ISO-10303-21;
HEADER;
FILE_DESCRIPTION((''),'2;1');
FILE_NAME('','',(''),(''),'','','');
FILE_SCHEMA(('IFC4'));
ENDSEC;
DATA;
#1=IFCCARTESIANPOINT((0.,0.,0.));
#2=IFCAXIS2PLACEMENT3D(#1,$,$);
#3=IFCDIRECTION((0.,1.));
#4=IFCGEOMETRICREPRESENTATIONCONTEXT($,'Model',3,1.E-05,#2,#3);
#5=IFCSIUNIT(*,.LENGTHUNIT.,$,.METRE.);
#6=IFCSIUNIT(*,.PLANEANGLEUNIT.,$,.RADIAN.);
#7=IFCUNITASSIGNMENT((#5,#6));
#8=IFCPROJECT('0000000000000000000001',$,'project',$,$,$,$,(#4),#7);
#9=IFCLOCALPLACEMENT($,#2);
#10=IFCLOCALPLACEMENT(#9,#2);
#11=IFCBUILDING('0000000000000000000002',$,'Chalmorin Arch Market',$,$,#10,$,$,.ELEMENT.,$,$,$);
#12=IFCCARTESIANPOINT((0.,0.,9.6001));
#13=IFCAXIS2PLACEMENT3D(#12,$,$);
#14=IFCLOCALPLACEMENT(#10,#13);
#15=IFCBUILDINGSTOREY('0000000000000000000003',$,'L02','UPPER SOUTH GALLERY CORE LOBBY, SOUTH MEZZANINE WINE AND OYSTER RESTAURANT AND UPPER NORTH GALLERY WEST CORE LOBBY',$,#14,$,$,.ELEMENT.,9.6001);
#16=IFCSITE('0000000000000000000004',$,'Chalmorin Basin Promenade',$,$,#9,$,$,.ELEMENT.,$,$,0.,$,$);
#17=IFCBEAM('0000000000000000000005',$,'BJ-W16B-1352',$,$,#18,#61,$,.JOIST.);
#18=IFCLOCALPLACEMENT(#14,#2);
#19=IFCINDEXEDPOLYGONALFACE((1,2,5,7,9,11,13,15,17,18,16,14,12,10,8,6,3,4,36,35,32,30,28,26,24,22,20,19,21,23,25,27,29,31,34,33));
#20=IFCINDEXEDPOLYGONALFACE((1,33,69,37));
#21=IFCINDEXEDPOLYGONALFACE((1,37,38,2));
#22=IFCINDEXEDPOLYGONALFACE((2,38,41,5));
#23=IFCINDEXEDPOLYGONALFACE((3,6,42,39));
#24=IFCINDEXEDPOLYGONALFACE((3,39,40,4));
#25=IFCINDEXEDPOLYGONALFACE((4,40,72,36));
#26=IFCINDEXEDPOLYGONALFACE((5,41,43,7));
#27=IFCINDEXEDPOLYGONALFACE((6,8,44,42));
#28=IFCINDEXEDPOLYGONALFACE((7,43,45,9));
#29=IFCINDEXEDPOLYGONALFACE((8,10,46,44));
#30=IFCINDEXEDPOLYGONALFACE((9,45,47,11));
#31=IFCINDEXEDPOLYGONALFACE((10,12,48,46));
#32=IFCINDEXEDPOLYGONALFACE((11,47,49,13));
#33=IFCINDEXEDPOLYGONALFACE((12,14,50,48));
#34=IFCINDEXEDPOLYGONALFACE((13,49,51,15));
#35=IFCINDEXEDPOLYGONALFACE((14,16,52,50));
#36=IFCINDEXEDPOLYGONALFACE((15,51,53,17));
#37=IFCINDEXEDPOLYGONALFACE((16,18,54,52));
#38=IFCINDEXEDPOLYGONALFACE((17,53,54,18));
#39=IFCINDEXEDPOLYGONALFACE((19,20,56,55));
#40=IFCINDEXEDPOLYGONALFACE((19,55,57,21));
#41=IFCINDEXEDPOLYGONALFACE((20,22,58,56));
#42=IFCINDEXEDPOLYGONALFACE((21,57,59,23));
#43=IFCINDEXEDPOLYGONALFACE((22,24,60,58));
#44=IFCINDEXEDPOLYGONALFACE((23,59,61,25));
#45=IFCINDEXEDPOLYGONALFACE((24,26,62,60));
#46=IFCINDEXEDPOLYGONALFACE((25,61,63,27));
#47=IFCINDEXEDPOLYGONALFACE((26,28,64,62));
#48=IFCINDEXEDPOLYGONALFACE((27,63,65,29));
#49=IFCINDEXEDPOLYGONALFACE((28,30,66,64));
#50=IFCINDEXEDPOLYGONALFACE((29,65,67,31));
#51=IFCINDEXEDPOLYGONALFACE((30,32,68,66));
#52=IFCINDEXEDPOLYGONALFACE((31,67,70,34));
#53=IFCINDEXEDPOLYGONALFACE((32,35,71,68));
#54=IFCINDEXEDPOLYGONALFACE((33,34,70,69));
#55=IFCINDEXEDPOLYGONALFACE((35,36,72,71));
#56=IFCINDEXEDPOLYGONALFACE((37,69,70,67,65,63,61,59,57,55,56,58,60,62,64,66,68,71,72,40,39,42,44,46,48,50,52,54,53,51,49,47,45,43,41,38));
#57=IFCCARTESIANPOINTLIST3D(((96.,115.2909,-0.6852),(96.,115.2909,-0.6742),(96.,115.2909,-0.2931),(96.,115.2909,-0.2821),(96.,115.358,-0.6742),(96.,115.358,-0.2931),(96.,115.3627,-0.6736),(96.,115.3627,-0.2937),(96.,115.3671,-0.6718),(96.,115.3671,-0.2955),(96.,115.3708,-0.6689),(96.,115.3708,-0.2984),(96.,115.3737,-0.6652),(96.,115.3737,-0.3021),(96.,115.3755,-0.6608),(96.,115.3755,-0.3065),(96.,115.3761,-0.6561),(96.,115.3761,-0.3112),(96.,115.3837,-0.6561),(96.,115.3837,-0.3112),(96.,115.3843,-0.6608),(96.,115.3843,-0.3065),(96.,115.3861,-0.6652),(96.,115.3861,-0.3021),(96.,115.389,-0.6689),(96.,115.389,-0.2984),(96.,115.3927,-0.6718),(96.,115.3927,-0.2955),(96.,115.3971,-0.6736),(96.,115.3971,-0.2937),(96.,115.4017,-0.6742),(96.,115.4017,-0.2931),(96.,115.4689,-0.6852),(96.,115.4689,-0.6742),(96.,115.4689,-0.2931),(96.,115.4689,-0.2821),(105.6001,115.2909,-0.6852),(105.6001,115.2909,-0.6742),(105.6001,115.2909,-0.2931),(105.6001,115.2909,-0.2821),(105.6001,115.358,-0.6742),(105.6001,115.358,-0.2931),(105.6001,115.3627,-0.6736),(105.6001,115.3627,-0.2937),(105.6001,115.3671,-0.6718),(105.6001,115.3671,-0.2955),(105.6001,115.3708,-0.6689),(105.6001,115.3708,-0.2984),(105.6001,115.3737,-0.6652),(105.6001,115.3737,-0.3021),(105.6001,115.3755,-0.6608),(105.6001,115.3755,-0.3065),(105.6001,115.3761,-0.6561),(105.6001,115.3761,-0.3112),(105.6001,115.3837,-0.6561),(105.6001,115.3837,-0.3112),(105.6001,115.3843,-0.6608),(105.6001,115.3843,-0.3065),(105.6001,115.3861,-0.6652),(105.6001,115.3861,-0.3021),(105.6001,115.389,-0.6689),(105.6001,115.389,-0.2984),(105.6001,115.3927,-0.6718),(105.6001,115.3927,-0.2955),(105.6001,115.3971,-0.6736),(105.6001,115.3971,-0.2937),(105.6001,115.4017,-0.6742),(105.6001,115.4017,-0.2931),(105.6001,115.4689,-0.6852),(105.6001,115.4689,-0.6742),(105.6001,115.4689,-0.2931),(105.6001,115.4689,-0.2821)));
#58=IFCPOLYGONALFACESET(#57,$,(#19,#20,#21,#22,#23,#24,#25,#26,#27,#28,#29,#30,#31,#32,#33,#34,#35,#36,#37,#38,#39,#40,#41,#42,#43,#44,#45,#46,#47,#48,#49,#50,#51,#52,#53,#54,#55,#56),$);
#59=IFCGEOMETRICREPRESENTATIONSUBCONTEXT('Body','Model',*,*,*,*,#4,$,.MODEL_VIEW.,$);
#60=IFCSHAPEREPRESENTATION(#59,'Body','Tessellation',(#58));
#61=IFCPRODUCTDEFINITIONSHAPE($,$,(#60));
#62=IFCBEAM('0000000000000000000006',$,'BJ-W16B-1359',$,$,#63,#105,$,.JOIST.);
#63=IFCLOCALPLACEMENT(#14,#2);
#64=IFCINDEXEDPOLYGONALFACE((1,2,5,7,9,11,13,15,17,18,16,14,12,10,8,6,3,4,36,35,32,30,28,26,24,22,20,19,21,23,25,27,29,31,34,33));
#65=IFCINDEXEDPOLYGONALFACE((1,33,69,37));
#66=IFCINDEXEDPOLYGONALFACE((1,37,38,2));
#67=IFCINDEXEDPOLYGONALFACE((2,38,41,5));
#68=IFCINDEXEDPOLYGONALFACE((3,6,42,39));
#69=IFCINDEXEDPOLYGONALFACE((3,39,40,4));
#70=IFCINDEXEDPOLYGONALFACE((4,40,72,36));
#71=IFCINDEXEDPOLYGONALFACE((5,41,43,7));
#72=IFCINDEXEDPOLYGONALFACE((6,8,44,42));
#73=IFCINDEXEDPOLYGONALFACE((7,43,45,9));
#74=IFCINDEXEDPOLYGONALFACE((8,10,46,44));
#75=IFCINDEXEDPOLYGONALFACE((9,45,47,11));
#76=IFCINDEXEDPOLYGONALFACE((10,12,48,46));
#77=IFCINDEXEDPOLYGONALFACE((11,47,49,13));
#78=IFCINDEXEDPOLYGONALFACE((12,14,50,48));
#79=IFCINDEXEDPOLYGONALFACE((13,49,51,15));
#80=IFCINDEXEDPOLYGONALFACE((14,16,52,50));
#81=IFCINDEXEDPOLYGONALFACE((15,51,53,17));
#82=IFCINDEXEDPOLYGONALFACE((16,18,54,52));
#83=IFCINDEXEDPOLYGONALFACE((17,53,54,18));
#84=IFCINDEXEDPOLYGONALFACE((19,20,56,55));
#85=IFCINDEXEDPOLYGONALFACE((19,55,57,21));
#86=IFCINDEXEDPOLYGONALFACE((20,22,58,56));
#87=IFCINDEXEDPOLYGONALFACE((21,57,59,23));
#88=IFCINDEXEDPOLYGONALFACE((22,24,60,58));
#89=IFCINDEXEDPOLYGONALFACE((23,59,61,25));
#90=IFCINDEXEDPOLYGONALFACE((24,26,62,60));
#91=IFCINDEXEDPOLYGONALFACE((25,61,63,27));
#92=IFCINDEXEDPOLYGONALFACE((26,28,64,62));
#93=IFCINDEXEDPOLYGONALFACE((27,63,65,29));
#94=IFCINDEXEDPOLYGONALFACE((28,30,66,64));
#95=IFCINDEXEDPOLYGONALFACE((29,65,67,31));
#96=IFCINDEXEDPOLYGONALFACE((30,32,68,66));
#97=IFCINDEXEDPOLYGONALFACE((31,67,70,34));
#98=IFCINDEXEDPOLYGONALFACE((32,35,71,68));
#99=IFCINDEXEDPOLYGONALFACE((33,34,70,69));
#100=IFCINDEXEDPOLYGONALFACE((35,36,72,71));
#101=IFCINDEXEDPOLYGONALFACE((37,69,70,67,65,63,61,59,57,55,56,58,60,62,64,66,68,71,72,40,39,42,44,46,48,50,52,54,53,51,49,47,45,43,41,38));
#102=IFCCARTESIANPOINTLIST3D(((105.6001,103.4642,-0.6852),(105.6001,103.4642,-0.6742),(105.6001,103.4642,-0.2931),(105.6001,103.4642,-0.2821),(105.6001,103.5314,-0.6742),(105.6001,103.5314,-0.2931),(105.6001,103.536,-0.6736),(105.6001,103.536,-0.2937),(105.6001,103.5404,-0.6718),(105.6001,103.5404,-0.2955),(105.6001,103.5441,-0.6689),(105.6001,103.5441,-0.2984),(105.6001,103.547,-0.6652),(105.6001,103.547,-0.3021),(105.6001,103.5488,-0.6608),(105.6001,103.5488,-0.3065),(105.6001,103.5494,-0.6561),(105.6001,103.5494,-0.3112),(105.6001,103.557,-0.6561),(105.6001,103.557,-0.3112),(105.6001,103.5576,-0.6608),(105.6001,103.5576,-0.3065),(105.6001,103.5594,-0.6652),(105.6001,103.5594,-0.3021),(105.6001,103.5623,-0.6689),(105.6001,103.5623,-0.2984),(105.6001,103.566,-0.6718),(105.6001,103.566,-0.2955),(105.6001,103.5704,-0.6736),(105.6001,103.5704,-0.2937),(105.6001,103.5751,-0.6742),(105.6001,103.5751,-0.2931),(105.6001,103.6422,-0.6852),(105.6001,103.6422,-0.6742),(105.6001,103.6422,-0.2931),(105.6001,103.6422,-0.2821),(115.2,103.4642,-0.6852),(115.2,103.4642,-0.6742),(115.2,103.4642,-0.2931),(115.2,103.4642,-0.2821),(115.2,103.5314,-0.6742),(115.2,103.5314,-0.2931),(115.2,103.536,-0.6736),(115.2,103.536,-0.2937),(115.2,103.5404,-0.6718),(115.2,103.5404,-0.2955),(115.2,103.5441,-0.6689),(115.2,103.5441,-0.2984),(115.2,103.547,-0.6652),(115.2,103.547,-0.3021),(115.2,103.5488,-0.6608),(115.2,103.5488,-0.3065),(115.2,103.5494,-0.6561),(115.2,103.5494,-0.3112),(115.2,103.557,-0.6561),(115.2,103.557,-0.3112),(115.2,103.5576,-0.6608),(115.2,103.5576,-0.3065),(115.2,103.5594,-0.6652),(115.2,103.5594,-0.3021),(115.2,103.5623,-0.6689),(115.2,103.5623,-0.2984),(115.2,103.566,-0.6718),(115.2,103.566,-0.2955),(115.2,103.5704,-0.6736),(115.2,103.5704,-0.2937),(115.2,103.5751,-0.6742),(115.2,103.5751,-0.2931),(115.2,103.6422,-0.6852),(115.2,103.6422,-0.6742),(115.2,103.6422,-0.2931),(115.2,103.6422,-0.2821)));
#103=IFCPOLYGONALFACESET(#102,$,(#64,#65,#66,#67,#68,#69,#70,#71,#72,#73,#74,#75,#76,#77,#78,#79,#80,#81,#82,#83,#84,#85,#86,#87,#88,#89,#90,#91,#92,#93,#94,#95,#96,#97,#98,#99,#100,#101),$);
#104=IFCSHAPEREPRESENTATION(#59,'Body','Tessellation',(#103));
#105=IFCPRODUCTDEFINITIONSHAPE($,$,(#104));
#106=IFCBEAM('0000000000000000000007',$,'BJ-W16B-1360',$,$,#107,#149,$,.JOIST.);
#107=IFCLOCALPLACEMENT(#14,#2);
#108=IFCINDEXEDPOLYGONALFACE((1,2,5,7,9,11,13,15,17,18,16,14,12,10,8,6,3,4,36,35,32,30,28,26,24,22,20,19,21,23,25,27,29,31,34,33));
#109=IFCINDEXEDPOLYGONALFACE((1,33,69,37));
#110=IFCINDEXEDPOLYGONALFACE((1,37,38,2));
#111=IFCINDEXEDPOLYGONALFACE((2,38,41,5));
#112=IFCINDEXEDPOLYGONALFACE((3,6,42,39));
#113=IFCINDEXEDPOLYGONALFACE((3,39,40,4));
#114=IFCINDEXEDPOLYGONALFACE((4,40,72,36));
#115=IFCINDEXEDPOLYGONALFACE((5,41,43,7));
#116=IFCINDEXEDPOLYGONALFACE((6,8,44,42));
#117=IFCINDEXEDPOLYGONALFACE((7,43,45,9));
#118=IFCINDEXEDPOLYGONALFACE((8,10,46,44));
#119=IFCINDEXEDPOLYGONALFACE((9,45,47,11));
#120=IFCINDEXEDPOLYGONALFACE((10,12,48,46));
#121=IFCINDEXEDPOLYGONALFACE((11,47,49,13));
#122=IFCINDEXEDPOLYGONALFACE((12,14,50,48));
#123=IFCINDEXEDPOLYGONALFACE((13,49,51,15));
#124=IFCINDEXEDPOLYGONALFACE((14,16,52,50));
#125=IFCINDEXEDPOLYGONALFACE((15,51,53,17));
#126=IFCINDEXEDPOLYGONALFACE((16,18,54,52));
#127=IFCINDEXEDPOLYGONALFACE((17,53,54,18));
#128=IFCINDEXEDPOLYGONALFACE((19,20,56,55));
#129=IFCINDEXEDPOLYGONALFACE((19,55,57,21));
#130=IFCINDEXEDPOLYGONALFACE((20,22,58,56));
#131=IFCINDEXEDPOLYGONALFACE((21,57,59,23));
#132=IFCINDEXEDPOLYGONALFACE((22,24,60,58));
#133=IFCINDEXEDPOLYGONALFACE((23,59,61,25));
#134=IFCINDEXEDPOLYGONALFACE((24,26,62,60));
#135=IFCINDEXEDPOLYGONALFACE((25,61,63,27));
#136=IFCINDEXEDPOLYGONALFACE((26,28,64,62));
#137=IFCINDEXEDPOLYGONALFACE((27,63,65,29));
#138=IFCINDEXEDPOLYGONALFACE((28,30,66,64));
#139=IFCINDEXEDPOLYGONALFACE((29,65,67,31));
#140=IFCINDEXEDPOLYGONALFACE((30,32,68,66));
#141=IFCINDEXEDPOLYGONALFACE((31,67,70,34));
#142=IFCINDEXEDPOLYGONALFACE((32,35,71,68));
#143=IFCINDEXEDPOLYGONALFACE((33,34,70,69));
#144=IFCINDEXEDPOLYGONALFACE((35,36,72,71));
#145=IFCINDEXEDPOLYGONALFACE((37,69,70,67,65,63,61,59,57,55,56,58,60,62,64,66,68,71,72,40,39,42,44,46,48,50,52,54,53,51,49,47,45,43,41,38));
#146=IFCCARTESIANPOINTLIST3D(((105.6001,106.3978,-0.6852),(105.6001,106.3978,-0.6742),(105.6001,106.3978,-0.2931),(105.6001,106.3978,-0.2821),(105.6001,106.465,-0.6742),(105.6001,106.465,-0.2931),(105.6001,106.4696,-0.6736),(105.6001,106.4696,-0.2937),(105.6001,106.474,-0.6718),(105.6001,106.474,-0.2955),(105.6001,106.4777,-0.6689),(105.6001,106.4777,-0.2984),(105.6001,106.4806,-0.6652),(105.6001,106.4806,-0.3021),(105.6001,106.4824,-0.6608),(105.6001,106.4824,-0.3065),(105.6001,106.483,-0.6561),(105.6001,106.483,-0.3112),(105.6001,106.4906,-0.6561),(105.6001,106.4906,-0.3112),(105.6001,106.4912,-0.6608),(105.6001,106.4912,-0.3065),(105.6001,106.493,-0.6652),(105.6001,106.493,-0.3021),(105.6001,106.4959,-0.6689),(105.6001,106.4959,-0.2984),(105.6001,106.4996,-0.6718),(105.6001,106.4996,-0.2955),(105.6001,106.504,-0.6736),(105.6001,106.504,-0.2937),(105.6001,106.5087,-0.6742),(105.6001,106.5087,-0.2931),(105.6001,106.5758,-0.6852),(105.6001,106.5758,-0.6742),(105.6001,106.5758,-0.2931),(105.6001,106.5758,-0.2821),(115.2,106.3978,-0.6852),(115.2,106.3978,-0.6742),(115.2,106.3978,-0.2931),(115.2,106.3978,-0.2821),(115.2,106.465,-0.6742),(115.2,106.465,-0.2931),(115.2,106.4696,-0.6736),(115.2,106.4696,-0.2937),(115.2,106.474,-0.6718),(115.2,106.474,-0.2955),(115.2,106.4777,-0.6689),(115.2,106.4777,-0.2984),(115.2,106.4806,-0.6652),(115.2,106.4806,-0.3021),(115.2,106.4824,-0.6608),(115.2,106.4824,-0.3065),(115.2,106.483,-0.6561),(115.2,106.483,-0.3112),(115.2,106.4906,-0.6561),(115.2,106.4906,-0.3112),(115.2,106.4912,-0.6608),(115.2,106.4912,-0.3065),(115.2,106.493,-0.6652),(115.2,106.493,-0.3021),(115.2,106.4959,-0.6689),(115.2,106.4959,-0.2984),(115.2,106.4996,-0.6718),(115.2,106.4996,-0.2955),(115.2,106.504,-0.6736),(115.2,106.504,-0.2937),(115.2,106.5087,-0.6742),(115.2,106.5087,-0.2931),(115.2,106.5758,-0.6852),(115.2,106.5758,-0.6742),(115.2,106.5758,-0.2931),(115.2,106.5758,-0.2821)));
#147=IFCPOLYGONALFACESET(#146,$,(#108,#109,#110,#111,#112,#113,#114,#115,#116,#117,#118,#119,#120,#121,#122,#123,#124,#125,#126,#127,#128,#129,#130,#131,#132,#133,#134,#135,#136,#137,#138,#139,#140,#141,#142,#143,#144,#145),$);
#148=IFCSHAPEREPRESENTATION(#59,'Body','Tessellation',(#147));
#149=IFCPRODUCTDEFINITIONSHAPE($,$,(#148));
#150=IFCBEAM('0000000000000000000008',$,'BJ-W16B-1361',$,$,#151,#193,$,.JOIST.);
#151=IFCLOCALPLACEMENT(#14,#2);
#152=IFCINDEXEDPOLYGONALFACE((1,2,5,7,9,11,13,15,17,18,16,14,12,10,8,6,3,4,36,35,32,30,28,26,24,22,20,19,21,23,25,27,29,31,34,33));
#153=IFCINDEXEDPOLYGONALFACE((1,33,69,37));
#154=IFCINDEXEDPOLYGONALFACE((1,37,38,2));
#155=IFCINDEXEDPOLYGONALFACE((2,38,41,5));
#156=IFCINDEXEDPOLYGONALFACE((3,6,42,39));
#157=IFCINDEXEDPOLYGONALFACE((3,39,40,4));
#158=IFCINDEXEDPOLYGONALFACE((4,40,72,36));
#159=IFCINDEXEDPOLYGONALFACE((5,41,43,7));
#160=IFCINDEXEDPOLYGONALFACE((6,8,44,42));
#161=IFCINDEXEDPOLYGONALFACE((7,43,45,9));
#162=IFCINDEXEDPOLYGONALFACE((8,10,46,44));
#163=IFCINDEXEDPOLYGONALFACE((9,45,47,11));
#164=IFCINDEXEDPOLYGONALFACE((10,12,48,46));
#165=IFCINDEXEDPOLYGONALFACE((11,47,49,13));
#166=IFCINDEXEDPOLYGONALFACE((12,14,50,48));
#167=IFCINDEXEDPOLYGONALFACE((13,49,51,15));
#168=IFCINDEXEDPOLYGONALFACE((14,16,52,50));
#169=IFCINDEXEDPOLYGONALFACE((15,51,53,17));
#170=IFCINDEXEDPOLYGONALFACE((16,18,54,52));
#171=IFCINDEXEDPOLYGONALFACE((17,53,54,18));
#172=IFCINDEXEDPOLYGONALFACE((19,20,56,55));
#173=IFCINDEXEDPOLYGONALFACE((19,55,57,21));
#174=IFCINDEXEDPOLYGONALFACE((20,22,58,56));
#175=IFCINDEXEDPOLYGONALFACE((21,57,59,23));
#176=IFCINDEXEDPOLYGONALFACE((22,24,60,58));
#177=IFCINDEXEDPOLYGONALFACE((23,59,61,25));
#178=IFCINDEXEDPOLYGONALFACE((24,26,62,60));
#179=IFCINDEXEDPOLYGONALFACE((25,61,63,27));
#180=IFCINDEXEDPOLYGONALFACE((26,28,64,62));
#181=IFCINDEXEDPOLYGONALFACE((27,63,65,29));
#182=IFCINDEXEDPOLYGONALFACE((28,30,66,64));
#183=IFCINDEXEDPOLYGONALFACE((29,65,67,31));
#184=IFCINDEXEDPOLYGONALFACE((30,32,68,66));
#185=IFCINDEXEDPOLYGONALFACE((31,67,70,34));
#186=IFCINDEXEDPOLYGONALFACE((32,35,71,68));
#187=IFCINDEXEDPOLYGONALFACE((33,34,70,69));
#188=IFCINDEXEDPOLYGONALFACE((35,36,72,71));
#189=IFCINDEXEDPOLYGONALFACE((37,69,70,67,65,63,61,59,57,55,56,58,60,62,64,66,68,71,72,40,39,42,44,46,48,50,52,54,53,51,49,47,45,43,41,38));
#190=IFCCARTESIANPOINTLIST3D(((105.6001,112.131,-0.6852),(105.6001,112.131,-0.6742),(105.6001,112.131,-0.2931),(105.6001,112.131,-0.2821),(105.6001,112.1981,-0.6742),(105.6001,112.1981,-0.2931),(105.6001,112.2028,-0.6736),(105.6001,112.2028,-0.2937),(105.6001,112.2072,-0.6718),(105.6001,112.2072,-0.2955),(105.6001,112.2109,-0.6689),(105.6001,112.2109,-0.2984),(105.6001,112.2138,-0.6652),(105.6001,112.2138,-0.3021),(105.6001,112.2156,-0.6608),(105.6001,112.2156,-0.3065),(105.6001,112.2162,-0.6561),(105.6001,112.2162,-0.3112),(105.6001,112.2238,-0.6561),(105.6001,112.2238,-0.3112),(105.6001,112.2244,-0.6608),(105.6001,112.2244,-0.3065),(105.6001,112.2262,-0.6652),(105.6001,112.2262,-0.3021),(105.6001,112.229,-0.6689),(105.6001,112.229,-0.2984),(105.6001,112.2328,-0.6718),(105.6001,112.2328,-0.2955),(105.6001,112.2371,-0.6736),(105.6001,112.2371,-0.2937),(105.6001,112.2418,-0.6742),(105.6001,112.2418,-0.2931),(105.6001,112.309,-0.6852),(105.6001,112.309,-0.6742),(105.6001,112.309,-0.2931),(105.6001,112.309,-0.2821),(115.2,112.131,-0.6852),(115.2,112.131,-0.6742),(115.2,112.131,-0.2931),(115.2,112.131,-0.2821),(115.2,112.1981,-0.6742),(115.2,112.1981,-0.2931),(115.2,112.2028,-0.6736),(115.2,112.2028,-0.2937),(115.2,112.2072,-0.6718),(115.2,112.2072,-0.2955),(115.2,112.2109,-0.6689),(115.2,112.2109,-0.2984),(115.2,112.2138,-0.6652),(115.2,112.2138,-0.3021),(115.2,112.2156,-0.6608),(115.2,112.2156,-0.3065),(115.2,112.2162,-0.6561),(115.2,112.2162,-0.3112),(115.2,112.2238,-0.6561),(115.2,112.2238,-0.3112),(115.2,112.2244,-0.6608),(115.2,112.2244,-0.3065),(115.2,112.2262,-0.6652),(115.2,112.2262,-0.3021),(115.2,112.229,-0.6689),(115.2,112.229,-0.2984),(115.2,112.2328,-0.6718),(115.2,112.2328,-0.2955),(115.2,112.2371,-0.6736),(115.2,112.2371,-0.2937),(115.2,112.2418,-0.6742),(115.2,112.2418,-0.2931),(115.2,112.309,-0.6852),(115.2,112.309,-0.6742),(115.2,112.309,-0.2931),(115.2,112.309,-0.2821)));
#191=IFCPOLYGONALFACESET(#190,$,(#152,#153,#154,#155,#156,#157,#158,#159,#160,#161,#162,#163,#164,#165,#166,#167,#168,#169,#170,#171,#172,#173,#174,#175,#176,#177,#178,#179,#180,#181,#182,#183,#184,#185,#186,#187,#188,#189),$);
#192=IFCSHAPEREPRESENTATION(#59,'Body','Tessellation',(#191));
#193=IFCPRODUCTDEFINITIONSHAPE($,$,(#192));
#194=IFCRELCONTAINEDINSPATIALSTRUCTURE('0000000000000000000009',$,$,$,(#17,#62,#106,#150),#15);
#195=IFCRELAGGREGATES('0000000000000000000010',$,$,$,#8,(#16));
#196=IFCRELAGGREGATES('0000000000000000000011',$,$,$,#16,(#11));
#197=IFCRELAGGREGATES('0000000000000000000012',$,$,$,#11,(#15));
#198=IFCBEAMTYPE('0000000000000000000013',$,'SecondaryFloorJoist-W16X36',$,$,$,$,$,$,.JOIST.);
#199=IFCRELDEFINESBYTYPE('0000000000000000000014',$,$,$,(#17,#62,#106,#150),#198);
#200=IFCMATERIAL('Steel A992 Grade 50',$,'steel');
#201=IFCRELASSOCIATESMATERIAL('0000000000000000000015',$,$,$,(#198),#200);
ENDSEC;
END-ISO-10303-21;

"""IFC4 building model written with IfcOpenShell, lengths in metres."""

from ifc_helpers import new_model, si_unit, direction, frame, origin, origin_2d, place, context, subcontext, project, spatial, i_section, extrude, material, material_profile, profile_set, type_object, element, save


model = new_model("IFC4")

# Units and contexts
model_context = context("Model", 3, precision=1e-05, world=origin(), true_north=direction((0.0, 1.0)))
body_context = subcontext(model_context, "Body", "Model", "MODEL_VIEW")
ifc_project = project(units=[si_unit("LENGTHUNIT", "METRE"), si_unit("PLANEANGLEUNIT", "RADIAN")], contexts=[model_context])

# Site, building, storey
site_placement = place(None, origin())
site = spatial("IfcSite", under=ifc_project, at=site_placement, Name="Chalmorin Basin Promenade", CompositionType="ELEMENT", RefElevation=0.0)
building_placement = place(site_placement, origin())
building = spatial("IfcBuilding", under=site, at=building_placement, Name="Chalmorin Arch Market", CompositionType="ELEMENT")
storey_placement = place(building_placement, frame((0.0, 0.0, 9.6001)))
storey = spatial("IfcBuildingStorey", under=building, at=storey_placement, Name="L02", Description="UPPER SOUTH GALLERY CORE LOBBY, SOUTH MEZZANINE WINE AND OYSTER RESTAURANT AND UPPER NORTH GALLERY WEST CORE LOBBY", CompositionType="ELEMENT", Elevation=9.6001)

# Beams
ifc_material_1 = material(Name="Steel A992 Grade 50", Category="steel")
ifc_material_profile_1 = material_profile(ifc_material_1, i_section(OverallWidth=0.178, OverallDepth=0.4031, WebThickness=0.0076, FlangeThickness=0.011, FilletRadius=0.0181, at=origin_2d()), Name="W16X36")
ifc_profile_set_1 = profile_set([ifc_material_profile_1], Name="Steel A992 Grade 50")
beam_type_1 = type_object("IfcBeamType", Name="SecondaryFloorJoist-W16X36", PredefinedType="JOIST", material=ifc_profile_set_1)
for number, where, z_axis, x_axis, name in (
    (1, (96.0, 115.3799, -0.4836), (1.0, 0.0, 0.0), (0.0, 1.0, 0.0), "BJ-W16B-1352"),
):
    element("IfcBeam", number, at=place(storey_placement, frame(where, z_axis=z_axis, x_axis=x_axis)), inside=storey, type_object=beam_type_1, Name=name, PredefinedType="JOIST", context=body_context, shape_type="SweptSolid", body=[
        extrude(i_section(OverallWidth=0.178, OverallDepth=0.4031, WebThickness=0.0076, FlangeThickness=0.011, FilletRadius=0.0181, at=origin_2d()), origin(), (0.0, 0.0, 1.0), 9.6001),
    ])
for number, where, z_axis, x_axis, name in (
    (2, (105.6001, 103.5532, -0.4836), (1.0, 0.0, 0.0), (0.0, 1.0, 0.0), "BJ-W16B-1359"),
    (3, (105.6001, 106.4868, -0.4836), (1.0, 0.0, 0.0), (0.0, 1.0, 0.0), "BJ-W16B-1360"),
    (4, (105.6001, 112.22, -0.4836), (1.0, 0.0, 0.0), (0.0, 1.0, 0.0), "BJ-W16B-1361"),
):
    element("IfcBeam", number, at=place(storey_placement, frame(where, z_axis=z_axis, x_axis=x_axis)), inside=storey, type_object=beam_type_1, Name=name, PredefinedType="JOIST", context=body_context, shape_type="SweptSolid", body=[
        extrude(i_section(OverallWidth=0.178, OverallDepth=0.4031, WebThickness=0.0076, FlangeThickness=0.011, FilletRadius=0.0181, at=origin_2d()), origin(), (0.0, 0.0, 1.0), 9.5999),
    ])

save(model, "model.ifc")
